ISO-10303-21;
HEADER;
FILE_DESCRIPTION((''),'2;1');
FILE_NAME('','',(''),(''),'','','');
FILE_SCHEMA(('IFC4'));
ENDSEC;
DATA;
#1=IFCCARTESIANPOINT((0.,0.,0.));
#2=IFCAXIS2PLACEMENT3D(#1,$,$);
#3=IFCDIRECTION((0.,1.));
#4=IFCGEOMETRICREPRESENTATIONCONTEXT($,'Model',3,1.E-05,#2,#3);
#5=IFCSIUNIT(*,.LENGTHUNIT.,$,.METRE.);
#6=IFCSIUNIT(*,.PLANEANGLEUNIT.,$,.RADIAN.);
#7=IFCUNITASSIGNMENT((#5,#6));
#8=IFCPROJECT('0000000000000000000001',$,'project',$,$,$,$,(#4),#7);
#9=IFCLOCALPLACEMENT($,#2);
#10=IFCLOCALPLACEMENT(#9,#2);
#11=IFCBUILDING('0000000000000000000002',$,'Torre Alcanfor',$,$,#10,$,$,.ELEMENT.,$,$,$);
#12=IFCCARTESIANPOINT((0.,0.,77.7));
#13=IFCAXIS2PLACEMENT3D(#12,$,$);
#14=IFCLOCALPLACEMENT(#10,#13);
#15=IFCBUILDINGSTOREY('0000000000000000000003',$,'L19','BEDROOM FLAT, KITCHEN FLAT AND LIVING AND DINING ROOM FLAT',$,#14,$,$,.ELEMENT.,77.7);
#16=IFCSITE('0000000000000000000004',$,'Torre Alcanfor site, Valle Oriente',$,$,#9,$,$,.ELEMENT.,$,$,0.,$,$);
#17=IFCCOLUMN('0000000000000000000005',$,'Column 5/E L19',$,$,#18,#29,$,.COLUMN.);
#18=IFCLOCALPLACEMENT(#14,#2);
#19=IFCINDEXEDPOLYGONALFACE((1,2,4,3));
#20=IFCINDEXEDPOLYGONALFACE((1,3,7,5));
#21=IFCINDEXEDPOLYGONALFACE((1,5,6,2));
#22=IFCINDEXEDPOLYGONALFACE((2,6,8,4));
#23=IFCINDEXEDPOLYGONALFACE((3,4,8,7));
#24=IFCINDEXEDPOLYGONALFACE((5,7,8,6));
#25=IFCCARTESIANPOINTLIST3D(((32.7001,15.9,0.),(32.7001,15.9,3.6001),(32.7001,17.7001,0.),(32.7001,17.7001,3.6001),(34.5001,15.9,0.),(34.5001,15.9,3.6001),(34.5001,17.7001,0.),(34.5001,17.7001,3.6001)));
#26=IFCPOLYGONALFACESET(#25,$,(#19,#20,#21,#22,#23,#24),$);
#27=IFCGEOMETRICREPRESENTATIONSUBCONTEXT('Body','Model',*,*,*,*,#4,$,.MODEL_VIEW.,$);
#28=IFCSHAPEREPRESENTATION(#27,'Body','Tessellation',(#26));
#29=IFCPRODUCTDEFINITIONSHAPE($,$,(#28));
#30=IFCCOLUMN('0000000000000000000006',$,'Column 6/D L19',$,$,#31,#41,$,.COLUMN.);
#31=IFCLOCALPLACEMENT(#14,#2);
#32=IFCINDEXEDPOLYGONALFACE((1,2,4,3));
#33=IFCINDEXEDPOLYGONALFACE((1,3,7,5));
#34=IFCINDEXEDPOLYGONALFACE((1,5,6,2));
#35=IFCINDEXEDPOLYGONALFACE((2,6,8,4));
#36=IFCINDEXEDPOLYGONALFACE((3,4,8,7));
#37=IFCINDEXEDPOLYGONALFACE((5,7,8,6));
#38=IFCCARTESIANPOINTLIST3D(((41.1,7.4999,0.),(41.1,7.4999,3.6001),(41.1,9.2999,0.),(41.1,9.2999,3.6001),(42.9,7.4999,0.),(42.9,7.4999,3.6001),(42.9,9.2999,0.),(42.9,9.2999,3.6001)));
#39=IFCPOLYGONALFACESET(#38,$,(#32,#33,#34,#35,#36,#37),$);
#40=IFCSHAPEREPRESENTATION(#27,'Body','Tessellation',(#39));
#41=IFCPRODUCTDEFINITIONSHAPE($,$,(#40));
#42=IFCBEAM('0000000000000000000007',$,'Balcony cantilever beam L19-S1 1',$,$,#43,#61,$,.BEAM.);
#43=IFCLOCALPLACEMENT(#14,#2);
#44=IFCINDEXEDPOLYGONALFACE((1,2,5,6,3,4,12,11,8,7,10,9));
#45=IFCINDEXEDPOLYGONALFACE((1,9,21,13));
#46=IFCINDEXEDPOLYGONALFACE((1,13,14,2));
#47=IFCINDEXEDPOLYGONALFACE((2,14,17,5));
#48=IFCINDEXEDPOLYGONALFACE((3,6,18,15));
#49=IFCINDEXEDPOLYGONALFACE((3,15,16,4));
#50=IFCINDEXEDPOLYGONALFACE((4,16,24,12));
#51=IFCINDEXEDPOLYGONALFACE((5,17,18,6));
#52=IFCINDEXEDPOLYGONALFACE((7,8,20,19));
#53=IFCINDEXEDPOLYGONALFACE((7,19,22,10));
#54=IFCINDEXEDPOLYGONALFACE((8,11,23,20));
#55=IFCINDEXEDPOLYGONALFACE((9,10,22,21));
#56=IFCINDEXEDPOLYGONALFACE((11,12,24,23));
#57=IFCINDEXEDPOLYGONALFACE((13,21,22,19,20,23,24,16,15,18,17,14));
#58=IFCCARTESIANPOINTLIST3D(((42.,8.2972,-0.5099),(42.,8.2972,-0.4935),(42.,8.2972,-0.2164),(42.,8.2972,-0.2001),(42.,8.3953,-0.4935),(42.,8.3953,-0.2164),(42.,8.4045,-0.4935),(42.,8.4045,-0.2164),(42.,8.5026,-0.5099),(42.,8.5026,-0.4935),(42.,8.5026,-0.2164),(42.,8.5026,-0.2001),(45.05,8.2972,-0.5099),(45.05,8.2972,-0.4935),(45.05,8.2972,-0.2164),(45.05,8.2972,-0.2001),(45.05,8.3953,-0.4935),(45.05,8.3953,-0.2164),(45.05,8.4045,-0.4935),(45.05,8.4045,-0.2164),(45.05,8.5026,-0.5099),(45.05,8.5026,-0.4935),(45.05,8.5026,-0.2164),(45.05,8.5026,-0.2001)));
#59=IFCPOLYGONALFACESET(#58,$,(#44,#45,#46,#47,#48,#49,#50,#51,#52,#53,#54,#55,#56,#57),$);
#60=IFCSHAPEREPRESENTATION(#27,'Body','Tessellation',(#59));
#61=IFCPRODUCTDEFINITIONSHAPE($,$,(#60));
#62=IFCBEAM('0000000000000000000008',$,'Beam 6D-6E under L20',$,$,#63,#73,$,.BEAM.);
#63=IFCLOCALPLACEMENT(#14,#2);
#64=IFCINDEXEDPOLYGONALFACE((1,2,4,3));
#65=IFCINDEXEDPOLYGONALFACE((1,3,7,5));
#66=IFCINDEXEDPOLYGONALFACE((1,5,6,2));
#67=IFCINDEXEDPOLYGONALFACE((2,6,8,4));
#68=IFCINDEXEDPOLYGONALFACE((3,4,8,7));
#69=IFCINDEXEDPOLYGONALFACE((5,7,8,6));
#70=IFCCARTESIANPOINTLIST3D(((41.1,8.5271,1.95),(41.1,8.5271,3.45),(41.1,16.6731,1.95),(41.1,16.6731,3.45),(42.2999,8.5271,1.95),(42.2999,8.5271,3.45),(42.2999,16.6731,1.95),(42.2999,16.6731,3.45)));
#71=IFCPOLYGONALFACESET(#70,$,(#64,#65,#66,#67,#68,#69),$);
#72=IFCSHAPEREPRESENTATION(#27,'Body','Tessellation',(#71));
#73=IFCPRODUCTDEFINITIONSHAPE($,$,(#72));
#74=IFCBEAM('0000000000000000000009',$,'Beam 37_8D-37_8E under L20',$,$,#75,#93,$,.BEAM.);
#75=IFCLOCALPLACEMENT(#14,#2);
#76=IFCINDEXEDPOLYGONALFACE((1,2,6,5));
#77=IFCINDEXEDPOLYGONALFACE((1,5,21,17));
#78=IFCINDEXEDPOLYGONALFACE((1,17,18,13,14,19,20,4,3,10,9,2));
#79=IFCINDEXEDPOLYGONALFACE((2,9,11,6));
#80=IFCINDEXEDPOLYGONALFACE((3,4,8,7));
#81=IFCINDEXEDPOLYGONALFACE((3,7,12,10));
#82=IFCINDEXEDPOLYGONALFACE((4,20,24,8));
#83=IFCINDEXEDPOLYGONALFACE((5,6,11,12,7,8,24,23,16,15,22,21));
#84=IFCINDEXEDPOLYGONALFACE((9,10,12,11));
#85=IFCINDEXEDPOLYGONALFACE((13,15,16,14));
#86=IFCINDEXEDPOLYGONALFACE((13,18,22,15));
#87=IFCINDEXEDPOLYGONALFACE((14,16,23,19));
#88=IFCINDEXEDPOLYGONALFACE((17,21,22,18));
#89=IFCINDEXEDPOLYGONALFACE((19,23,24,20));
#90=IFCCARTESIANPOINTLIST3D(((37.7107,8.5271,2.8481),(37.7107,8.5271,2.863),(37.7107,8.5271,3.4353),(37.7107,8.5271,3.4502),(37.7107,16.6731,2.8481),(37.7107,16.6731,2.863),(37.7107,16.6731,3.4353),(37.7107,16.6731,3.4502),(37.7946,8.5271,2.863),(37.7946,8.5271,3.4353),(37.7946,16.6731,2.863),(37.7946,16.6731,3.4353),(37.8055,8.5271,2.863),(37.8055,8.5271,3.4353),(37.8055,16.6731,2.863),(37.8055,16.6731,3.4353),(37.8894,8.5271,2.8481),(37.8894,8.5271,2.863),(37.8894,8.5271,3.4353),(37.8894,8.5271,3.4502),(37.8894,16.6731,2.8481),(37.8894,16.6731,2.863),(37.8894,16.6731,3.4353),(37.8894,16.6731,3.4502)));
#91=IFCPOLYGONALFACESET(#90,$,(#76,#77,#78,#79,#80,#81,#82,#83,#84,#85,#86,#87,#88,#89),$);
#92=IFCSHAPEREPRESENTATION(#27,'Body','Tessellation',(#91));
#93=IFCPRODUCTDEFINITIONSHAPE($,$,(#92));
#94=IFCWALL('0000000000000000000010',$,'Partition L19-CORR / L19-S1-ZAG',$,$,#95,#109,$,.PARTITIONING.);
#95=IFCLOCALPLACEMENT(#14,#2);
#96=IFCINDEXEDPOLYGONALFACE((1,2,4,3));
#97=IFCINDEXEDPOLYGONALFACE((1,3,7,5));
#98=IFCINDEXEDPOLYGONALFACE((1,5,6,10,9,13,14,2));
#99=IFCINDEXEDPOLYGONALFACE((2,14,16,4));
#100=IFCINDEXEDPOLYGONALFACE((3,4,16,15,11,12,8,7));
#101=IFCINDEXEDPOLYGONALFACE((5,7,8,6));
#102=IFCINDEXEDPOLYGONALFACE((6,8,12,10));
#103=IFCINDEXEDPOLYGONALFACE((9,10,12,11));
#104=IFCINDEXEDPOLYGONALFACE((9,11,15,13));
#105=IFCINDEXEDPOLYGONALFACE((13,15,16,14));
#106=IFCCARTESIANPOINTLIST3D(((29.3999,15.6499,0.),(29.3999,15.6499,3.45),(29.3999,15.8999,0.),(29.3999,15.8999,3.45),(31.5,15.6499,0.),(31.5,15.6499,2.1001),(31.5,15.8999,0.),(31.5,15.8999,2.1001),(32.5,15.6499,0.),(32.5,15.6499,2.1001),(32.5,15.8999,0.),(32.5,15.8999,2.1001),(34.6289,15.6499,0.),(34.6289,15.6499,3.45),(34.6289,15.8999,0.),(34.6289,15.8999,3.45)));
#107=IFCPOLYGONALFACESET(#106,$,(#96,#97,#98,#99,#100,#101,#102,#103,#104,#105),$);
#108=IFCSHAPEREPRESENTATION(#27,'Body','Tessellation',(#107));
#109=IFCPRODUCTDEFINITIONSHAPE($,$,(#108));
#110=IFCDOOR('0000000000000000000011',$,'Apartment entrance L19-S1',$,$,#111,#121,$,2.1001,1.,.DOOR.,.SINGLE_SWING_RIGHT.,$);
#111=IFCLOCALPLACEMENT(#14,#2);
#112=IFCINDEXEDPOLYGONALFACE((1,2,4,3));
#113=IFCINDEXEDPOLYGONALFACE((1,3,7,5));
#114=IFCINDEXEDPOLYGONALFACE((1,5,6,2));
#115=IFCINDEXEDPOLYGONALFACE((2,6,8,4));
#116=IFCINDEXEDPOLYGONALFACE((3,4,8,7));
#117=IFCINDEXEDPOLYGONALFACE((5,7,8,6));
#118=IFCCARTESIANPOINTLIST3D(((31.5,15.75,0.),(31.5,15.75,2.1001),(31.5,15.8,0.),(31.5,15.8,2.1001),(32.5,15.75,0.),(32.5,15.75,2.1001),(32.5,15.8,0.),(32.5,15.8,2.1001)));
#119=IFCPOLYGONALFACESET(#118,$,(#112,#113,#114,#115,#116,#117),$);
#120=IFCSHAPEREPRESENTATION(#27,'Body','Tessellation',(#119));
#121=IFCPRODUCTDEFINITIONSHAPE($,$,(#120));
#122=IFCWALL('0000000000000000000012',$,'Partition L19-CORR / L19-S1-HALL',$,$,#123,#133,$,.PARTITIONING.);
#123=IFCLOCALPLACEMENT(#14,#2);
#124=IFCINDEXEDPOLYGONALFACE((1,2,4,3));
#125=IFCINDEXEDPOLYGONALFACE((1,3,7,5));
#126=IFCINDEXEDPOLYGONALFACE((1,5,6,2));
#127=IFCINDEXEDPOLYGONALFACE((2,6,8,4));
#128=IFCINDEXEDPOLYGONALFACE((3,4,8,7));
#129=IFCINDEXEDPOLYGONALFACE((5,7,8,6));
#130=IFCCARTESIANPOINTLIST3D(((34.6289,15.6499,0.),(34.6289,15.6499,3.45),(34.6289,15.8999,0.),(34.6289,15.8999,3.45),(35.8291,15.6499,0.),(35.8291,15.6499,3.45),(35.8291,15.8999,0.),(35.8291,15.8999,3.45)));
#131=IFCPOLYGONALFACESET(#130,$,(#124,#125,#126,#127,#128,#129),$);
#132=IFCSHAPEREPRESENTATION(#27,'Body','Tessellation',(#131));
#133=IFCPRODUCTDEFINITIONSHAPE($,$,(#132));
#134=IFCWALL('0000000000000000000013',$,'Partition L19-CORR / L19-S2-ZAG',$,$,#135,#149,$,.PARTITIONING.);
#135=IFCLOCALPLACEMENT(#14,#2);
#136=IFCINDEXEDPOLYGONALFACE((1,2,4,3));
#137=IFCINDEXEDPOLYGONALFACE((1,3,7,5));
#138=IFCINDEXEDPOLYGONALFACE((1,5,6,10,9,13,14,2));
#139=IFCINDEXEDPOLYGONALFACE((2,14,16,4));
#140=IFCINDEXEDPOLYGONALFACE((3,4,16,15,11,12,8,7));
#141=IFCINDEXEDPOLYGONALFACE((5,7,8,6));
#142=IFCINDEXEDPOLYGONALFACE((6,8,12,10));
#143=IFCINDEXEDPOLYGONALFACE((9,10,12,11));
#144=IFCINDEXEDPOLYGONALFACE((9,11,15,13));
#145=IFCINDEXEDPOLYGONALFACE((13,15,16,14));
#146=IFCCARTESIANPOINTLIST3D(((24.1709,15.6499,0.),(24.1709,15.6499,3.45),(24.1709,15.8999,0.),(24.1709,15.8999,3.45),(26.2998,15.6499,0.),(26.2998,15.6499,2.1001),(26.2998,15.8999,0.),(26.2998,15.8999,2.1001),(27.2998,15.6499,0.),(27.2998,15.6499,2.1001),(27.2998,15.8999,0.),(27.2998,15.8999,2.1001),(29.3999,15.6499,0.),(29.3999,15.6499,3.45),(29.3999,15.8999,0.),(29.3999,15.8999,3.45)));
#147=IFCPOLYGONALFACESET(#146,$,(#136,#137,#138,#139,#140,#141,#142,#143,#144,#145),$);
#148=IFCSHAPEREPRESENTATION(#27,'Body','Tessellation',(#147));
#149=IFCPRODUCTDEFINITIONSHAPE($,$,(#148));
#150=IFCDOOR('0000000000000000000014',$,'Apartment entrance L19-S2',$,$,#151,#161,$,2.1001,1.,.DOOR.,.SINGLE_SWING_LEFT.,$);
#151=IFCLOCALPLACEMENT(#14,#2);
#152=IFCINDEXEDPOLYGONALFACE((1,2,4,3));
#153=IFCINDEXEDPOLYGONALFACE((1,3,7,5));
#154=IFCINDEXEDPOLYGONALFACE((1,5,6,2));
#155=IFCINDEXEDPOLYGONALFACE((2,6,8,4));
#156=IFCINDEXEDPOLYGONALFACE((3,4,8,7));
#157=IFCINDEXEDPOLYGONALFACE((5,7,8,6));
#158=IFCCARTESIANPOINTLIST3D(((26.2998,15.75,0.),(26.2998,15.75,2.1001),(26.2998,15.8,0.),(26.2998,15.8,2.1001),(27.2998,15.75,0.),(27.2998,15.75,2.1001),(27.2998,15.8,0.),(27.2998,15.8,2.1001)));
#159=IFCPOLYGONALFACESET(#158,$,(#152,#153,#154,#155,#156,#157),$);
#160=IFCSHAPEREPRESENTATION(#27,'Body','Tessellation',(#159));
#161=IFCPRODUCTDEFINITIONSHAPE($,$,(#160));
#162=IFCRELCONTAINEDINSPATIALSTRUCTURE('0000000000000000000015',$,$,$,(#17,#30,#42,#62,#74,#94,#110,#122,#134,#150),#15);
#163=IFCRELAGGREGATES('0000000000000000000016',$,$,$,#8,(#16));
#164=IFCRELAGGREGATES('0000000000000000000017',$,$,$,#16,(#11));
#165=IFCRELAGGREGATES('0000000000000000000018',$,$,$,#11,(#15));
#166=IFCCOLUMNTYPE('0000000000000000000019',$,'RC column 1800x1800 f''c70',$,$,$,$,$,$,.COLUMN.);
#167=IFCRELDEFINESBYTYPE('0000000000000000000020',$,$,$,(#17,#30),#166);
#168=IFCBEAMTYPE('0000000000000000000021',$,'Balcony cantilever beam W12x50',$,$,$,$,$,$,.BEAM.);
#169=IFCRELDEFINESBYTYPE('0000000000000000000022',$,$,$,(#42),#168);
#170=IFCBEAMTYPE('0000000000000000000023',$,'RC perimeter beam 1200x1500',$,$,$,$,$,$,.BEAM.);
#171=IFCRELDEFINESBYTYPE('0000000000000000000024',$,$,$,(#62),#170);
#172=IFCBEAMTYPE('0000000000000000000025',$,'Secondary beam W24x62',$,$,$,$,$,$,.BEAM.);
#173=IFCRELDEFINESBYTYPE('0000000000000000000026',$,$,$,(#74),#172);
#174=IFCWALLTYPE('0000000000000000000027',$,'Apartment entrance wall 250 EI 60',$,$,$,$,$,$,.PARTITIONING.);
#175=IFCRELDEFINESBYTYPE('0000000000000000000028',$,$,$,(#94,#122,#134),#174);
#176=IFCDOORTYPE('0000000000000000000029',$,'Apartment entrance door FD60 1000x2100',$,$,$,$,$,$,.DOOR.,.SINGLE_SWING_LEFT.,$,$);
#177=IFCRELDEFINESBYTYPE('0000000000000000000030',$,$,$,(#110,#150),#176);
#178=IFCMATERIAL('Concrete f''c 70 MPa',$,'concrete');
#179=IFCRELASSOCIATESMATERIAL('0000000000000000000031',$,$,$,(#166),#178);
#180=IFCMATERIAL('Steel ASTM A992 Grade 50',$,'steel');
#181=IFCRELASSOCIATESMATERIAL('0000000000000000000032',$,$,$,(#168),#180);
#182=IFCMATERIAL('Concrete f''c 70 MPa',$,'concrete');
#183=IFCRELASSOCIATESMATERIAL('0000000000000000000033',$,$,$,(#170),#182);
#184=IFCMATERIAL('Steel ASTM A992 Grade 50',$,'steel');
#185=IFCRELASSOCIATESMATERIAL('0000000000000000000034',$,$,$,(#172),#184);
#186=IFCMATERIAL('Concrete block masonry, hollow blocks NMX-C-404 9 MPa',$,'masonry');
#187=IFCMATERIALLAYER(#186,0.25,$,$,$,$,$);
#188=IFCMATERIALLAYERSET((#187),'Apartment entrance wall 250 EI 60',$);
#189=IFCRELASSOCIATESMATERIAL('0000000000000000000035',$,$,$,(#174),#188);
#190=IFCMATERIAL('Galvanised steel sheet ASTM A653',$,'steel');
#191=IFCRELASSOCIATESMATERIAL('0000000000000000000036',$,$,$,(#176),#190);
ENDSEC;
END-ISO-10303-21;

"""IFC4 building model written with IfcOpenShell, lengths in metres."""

from ifc_helpers import new_model, si_unit, direction, frame, frame_2d, origin, origin_2d, place, context, subcontext, project, spatial, rectangle, i_section, extrude, material, layer, layer_set, material_profile, profile_set, type_object, element, fill, save


model = new_model("IFC4")

# Units and contexts
model_context = context("Model", 3, precision=1e-05, world=origin(), true_north=direction((0.0, 1.0)))
body_context = subcontext(model_context, "Body", "Model", "MODEL_VIEW")
ifc_project = project(units=[si_unit("LENGTHUNIT", "METRE"), si_unit("PLANEANGLEUNIT", "RADIAN")], contexts=[model_context])

# Site, building, storey
site_placement = place(None, origin())
site = spatial("IfcSite", under=ifc_project, at=site_placement, Name="Torre Alcanfor site, Valle Oriente", CompositionType="ELEMENT", RefElevation=0.0)
building_placement = place(site_placement, origin())
building = spatial("IfcBuilding", under=site, at=building_placement, Name="Torre Alcanfor", CompositionType="ELEMENT")
storey_placement = place(building_placement, frame((0.0, 0.0, 77.7)))
storey = spatial("IfcBuildingStorey", under=building, at=storey_placement, Name="L19", Description="BEDROOM FLAT, KITCHEN FLAT AND LIVING AND DINING ROOM FLAT", CompositionType="ELEMENT", Elevation=77.7)

# Columns
ifc_material_1 = material(Name="Concrete f'c 70 MPa", Category="concrete")
ifc_material_profile_1 = material_profile(ifc_material_1, rectangle(XDim=1.8, YDim=1.8, at=origin_2d()), Name="1800x1800")
ifc_profile_set_1 = profile_set([ifc_material_profile_1], Name="Concrete f'c 70 MPa")
column_type = type_object("IfcColumnType", Name="RC column 1800x1800 f'c70", PredefinedType="COLUMN", material=ifc_profile_set_1)
for number, where, z_axis, x_axis, name in (
    (1, (33.6001, 16.8, 0.0), (0.0, 0.0, 1.0), (1.0, 0.0, 0.0), "Column 5/E L19"),
    (2, (42.0, 8.3999, 0.0), (0.0, 0.0, 1.0), (1.0, 0.0, 0.0), "Column 6/D L19"),
):
    element("IfcColumn", number, at=place(storey_placement, frame(where, z_axis=z_axis, x_axis=x_axis)), inside=storey, type_object=column_type, Name=name, PredefinedType="COLUMN", context=body_context, shape_type="SweptSolid", body=[
        extrude(rectangle(XDim=1.8, YDim=1.8, at=origin_2d()), origin(), (0.0, 0.0, 1.0), 3.6001),
    ])

# Beams
ifc_material_2 = material(Name="Steel ASTM A992 Grade 50", Category="steel")
ifc_material_profile_2 = material_profile(ifc_material_2, i_section(OverallWidth=0.2053, OverallDepth=0.3098, WebThickness=0.0093, FlangeThickness=0.0164, at=origin_2d()), Name="W12x50")
ifc_profile_set_2 = profile_set([ifc_material_profile_2], Name="Steel ASTM A992 Grade 50")
beam_type_1 = type_object("IfcBeamType", Name="Balcony cantilever beam W12x50", PredefinedType="BEAM", material=ifc_profile_set_2)
beam_1_placement = place(storey_placement, frame((42.0, 8.3999, -0.355), z_axis=(1.0, 0.0, 0.0), x_axis=(0.0, 1.0, 0.0)))
element("IfcBeam", 3, at=beam_1_placement, inside=storey, type_object=beam_type_1, Name="Balcony cantilever beam L19-S1 1", PredefinedType="BEAM", context=body_context, shape_type="SweptSolid", body=[
    extrude(i_section(OverallWidth=0.2053, OverallDepth=0.3098, WebThickness=0.0093, FlangeThickness=0.0164, at=origin_2d()), origin(), (0.0, 0.0, 1.0), 3.05),
])
ifc_material_3 = material(Name="Concrete f'c 70 MPa", Category="concrete")
ifc_material_profile_3 = material_profile(ifc_material_3, rectangle(XDim=1.2, YDim=1.5, at=origin_2d()), Name="1200x1500")
ifc_profile_set_3 = profile_set([ifc_material_profile_3], Name="Concrete f'c 70 MPa")
beam_type_2 = type_object("IfcBeamType", Name="RC perimeter beam 1200x1500", PredefinedType="BEAM", material=ifc_profile_set_3)
beam_2_placement = place(storey_placement, frame((41.7, 8.5271, 2.7), z_axis=(0.0, 1.0, 0.0), x_axis=(-1.0, 0.0, 0.0)))
element("IfcBeam", 4, at=beam_2_placement, inside=storey, type_object=beam_type_2, Name="Beam 6D-6E under L20", PredefinedType="BEAM", context=body_context, shape_type="SweptSolid", body=[
    extrude(rectangle(XDim=1.2, YDim=1.5, at=origin_2d()), origin(), (0.0, 0.0, 1.0), 8.146),
])
ifc_material_4 = material(Name="Steel ASTM A992 Grade 50", Category="steel")
ifc_material_profile_4 = material_profile(ifc_material_4, i_section(OverallWidth=0.1787, OverallDepth=0.6021, WebThickness=0.011, FlangeThickness=0.0149, at=origin_2d()), Name="W24x62")
ifc_profile_set_4 = profile_set([ifc_material_profile_4], Name="Steel ASTM A992 Grade 50")
beam_type_3 = type_object("IfcBeamType", Name="Secondary beam W24x62", PredefinedType="BEAM", material=ifc_profile_set_4)
beam_3_placement = place(storey_placement, frame((37.8, 8.5271, 3.1492), z_axis=(0.0, 1.0, 0.0), x_axis=(-1.0, 0.0, 0.0)))
element("IfcBeam", 5, at=beam_3_placement, inside=storey, type_object=beam_type_3, Name="Beam 37_8D-37_8E under L20", PredefinedType="BEAM", context=body_context, shape_type="SweptSolid", body=[
    extrude(i_section(OverallWidth=0.1787, OverallDepth=0.6021, WebThickness=0.011, FlangeThickness=0.0149, at=origin_2d()), origin(), (0.0, 0.0, 1.0), 8.146),
])

# Wall, opening, door
ifc_material_5 = material(Name="Concrete block masonry, hollow blocks NMX-C-404 9 MPa", Category="masonry")
ifc_layer_1 = layer(ifc_material_5, 0.25)
ifc_layer_set_1 = layer_set([ifc_layer_1], Name="Apartment entrance wall 250 EI 60")
wall_type_1 = type_object("IfcWallType", Name="Apartment entrance wall 250 EI 60", PredefinedType="PARTITIONING", material=ifc_layer_set_1)
wall_1_placement = place(storey_placement, frame((34.6289, 15.7749, 0.0), z_axis=(0.0, 0.0, 1.0), x_axis=(-1.0, 0.0, 0.0)))
wall_1 = element("IfcWall", 6, at=wall_1_placement, inside=storey, type_object=wall_type_1, Name="Partition L19-CORR / L19-S1-ZAG", PredefinedType="PARTITIONING", context=body_context, shape_type="SweptSolid", body=[
    extrude(rectangle(XDim=5.229, YDim=0.25, at=frame_2d((2.6145, 0.0))), origin(), (0.0, 0.0, 1.0), 3.45),
])
opening_1_placement = place(wall_1_placement, frame((2.1289, 0.0, 0.0)))
opening_1 = element("IfcOpeningElement", 7, at=opening_1_placement, cuts=wall_1, PredefinedType="OPENING", context=body_context, shape_type="SweptSolid", body=[
    extrude(rectangle(XDim=1.0, YDim=2.1001, at=frame_2d((0.5, 1.05))), frame((0.0, 0.135, 0.0), z_axis=(0.0, -1.0, 0.0), x_axis=(1.0, 0.0, 0.0)), (0.0, 0.0, 1.0), 0.27),
])
ifc_material_6 = material(Name="Galvanised steel sheet ASTM A653", Category="steel")
door_type_1 = type_object("IfcDoorType", Name="Apartment entrance door FD60 1000x2100", OperationType="SINGLE_SWING_LEFT", PredefinedType="DOOR", material=ifc_material_6)
door_1_placement = place(opening_1_placement, origin())
door_1 = element("IfcDoor", 8, at=door_1_placement, inside=storey, type_object=door_type_1, Name="Apartment entrance L19-S1", OperationType="SINGLE_SWING_RIGHT", OverallHeight=2.1001, OverallWidth=1.0, PredefinedType="DOOR", context=body_context, shape_type="SweptSolid", body=[
    extrude(rectangle(XDim=1.0, YDim=2.1001, at=frame_2d((0.5, 1.05))), frame((0.0, 0.0249, 0.0), z_axis=(0.0, -1.0, 0.0), x_axis=(1.0, 0.0, 0.0)), (0.0, 0.0, 1.0), 0.05),
])
fill(opening_1, door_1)

# Wall
wall_2_placement = place(storey_placement, frame((35.8291, 15.7749, 0.0), z_axis=(0.0, 0.0, 1.0), x_axis=(-1.0, 0.0, 0.0)))
element("IfcWall", 9, at=wall_2_placement, inside=storey, type_object=wall_type_1, Name="Partition L19-CORR / L19-S1-HALL", PredefinedType="PARTITIONING", context=body_context, shape_type="SweptSolid", body=[
    extrude(rectangle(XDim=1.2002, YDim=0.25, at=frame_2d((0.6001, 0.0))), origin(), (0.0, 0.0, 1.0), 3.45),
])

# Wall, opening, door
wall_3_placement = place(storey_placement, frame((29.3999, 15.7749, 0.0), z_axis=(0.0, 0.0, 1.0), x_axis=(-1.0, 0.0, 0.0)))
wall_3 = element("IfcWall", 10, at=wall_3_placement, inside=storey, type_object=wall_type_1, Name="Partition L19-CORR / L19-S2-ZAG", PredefinedType="PARTITIONING", context=body_context, shape_type="SweptSolid", body=[
    extrude(rectangle(XDim=5.229, YDim=0.25, at=frame_2d((2.6145, 0.0))), origin(), (0.0, 0.0, 1.0), 3.45),
])
opening_2_placement = place(wall_3_placement, frame((2.1001, 0.0, 0.0)))
opening_2 = element("IfcOpeningElement", 11, at=opening_2_placement, cuts=wall_3, PredefinedType="OPENING", context=body_context, shape_type="SweptSolid", body=[
    extrude(rectangle(XDim=1.0, YDim=2.1001, at=frame_2d((0.5, 1.05))), frame((0.0, 0.135, 0.0), z_axis=(0.0, -1.0, 0.0), x_axis=(1.0, 0.0, 0.0)), (0.0, 0.0, 1.0), 0.27),
])
door_2_placement = place(opening_2_placement, origin())
door_2 = element("IfcDoor", 12, at=door_2_placement, inside=storey, type_object=door_type_1, Name="Apartment entrance L19-S2", OperationType="SINGLE_SWING_LEFT", OverallHeight=2.1001, OverallWidth=1.0, PredefinedType="DOOR", context=body_context, shape_type="SweptSolid", body=[
    extrude(rectangle(XDim=1.0, YDim=2.1001, at=frame_2d((0.5, 1.05))), frame((0.0, 0.0249, 0.0), z_axis=(0.0, -1.0, 0.0), x_axis=(1.0, 0.0, 0.0)), (0.0, 0.0, 1.0), 0.05),
])
fill(opening_2, door_2)

save(model, "model.ifc")
